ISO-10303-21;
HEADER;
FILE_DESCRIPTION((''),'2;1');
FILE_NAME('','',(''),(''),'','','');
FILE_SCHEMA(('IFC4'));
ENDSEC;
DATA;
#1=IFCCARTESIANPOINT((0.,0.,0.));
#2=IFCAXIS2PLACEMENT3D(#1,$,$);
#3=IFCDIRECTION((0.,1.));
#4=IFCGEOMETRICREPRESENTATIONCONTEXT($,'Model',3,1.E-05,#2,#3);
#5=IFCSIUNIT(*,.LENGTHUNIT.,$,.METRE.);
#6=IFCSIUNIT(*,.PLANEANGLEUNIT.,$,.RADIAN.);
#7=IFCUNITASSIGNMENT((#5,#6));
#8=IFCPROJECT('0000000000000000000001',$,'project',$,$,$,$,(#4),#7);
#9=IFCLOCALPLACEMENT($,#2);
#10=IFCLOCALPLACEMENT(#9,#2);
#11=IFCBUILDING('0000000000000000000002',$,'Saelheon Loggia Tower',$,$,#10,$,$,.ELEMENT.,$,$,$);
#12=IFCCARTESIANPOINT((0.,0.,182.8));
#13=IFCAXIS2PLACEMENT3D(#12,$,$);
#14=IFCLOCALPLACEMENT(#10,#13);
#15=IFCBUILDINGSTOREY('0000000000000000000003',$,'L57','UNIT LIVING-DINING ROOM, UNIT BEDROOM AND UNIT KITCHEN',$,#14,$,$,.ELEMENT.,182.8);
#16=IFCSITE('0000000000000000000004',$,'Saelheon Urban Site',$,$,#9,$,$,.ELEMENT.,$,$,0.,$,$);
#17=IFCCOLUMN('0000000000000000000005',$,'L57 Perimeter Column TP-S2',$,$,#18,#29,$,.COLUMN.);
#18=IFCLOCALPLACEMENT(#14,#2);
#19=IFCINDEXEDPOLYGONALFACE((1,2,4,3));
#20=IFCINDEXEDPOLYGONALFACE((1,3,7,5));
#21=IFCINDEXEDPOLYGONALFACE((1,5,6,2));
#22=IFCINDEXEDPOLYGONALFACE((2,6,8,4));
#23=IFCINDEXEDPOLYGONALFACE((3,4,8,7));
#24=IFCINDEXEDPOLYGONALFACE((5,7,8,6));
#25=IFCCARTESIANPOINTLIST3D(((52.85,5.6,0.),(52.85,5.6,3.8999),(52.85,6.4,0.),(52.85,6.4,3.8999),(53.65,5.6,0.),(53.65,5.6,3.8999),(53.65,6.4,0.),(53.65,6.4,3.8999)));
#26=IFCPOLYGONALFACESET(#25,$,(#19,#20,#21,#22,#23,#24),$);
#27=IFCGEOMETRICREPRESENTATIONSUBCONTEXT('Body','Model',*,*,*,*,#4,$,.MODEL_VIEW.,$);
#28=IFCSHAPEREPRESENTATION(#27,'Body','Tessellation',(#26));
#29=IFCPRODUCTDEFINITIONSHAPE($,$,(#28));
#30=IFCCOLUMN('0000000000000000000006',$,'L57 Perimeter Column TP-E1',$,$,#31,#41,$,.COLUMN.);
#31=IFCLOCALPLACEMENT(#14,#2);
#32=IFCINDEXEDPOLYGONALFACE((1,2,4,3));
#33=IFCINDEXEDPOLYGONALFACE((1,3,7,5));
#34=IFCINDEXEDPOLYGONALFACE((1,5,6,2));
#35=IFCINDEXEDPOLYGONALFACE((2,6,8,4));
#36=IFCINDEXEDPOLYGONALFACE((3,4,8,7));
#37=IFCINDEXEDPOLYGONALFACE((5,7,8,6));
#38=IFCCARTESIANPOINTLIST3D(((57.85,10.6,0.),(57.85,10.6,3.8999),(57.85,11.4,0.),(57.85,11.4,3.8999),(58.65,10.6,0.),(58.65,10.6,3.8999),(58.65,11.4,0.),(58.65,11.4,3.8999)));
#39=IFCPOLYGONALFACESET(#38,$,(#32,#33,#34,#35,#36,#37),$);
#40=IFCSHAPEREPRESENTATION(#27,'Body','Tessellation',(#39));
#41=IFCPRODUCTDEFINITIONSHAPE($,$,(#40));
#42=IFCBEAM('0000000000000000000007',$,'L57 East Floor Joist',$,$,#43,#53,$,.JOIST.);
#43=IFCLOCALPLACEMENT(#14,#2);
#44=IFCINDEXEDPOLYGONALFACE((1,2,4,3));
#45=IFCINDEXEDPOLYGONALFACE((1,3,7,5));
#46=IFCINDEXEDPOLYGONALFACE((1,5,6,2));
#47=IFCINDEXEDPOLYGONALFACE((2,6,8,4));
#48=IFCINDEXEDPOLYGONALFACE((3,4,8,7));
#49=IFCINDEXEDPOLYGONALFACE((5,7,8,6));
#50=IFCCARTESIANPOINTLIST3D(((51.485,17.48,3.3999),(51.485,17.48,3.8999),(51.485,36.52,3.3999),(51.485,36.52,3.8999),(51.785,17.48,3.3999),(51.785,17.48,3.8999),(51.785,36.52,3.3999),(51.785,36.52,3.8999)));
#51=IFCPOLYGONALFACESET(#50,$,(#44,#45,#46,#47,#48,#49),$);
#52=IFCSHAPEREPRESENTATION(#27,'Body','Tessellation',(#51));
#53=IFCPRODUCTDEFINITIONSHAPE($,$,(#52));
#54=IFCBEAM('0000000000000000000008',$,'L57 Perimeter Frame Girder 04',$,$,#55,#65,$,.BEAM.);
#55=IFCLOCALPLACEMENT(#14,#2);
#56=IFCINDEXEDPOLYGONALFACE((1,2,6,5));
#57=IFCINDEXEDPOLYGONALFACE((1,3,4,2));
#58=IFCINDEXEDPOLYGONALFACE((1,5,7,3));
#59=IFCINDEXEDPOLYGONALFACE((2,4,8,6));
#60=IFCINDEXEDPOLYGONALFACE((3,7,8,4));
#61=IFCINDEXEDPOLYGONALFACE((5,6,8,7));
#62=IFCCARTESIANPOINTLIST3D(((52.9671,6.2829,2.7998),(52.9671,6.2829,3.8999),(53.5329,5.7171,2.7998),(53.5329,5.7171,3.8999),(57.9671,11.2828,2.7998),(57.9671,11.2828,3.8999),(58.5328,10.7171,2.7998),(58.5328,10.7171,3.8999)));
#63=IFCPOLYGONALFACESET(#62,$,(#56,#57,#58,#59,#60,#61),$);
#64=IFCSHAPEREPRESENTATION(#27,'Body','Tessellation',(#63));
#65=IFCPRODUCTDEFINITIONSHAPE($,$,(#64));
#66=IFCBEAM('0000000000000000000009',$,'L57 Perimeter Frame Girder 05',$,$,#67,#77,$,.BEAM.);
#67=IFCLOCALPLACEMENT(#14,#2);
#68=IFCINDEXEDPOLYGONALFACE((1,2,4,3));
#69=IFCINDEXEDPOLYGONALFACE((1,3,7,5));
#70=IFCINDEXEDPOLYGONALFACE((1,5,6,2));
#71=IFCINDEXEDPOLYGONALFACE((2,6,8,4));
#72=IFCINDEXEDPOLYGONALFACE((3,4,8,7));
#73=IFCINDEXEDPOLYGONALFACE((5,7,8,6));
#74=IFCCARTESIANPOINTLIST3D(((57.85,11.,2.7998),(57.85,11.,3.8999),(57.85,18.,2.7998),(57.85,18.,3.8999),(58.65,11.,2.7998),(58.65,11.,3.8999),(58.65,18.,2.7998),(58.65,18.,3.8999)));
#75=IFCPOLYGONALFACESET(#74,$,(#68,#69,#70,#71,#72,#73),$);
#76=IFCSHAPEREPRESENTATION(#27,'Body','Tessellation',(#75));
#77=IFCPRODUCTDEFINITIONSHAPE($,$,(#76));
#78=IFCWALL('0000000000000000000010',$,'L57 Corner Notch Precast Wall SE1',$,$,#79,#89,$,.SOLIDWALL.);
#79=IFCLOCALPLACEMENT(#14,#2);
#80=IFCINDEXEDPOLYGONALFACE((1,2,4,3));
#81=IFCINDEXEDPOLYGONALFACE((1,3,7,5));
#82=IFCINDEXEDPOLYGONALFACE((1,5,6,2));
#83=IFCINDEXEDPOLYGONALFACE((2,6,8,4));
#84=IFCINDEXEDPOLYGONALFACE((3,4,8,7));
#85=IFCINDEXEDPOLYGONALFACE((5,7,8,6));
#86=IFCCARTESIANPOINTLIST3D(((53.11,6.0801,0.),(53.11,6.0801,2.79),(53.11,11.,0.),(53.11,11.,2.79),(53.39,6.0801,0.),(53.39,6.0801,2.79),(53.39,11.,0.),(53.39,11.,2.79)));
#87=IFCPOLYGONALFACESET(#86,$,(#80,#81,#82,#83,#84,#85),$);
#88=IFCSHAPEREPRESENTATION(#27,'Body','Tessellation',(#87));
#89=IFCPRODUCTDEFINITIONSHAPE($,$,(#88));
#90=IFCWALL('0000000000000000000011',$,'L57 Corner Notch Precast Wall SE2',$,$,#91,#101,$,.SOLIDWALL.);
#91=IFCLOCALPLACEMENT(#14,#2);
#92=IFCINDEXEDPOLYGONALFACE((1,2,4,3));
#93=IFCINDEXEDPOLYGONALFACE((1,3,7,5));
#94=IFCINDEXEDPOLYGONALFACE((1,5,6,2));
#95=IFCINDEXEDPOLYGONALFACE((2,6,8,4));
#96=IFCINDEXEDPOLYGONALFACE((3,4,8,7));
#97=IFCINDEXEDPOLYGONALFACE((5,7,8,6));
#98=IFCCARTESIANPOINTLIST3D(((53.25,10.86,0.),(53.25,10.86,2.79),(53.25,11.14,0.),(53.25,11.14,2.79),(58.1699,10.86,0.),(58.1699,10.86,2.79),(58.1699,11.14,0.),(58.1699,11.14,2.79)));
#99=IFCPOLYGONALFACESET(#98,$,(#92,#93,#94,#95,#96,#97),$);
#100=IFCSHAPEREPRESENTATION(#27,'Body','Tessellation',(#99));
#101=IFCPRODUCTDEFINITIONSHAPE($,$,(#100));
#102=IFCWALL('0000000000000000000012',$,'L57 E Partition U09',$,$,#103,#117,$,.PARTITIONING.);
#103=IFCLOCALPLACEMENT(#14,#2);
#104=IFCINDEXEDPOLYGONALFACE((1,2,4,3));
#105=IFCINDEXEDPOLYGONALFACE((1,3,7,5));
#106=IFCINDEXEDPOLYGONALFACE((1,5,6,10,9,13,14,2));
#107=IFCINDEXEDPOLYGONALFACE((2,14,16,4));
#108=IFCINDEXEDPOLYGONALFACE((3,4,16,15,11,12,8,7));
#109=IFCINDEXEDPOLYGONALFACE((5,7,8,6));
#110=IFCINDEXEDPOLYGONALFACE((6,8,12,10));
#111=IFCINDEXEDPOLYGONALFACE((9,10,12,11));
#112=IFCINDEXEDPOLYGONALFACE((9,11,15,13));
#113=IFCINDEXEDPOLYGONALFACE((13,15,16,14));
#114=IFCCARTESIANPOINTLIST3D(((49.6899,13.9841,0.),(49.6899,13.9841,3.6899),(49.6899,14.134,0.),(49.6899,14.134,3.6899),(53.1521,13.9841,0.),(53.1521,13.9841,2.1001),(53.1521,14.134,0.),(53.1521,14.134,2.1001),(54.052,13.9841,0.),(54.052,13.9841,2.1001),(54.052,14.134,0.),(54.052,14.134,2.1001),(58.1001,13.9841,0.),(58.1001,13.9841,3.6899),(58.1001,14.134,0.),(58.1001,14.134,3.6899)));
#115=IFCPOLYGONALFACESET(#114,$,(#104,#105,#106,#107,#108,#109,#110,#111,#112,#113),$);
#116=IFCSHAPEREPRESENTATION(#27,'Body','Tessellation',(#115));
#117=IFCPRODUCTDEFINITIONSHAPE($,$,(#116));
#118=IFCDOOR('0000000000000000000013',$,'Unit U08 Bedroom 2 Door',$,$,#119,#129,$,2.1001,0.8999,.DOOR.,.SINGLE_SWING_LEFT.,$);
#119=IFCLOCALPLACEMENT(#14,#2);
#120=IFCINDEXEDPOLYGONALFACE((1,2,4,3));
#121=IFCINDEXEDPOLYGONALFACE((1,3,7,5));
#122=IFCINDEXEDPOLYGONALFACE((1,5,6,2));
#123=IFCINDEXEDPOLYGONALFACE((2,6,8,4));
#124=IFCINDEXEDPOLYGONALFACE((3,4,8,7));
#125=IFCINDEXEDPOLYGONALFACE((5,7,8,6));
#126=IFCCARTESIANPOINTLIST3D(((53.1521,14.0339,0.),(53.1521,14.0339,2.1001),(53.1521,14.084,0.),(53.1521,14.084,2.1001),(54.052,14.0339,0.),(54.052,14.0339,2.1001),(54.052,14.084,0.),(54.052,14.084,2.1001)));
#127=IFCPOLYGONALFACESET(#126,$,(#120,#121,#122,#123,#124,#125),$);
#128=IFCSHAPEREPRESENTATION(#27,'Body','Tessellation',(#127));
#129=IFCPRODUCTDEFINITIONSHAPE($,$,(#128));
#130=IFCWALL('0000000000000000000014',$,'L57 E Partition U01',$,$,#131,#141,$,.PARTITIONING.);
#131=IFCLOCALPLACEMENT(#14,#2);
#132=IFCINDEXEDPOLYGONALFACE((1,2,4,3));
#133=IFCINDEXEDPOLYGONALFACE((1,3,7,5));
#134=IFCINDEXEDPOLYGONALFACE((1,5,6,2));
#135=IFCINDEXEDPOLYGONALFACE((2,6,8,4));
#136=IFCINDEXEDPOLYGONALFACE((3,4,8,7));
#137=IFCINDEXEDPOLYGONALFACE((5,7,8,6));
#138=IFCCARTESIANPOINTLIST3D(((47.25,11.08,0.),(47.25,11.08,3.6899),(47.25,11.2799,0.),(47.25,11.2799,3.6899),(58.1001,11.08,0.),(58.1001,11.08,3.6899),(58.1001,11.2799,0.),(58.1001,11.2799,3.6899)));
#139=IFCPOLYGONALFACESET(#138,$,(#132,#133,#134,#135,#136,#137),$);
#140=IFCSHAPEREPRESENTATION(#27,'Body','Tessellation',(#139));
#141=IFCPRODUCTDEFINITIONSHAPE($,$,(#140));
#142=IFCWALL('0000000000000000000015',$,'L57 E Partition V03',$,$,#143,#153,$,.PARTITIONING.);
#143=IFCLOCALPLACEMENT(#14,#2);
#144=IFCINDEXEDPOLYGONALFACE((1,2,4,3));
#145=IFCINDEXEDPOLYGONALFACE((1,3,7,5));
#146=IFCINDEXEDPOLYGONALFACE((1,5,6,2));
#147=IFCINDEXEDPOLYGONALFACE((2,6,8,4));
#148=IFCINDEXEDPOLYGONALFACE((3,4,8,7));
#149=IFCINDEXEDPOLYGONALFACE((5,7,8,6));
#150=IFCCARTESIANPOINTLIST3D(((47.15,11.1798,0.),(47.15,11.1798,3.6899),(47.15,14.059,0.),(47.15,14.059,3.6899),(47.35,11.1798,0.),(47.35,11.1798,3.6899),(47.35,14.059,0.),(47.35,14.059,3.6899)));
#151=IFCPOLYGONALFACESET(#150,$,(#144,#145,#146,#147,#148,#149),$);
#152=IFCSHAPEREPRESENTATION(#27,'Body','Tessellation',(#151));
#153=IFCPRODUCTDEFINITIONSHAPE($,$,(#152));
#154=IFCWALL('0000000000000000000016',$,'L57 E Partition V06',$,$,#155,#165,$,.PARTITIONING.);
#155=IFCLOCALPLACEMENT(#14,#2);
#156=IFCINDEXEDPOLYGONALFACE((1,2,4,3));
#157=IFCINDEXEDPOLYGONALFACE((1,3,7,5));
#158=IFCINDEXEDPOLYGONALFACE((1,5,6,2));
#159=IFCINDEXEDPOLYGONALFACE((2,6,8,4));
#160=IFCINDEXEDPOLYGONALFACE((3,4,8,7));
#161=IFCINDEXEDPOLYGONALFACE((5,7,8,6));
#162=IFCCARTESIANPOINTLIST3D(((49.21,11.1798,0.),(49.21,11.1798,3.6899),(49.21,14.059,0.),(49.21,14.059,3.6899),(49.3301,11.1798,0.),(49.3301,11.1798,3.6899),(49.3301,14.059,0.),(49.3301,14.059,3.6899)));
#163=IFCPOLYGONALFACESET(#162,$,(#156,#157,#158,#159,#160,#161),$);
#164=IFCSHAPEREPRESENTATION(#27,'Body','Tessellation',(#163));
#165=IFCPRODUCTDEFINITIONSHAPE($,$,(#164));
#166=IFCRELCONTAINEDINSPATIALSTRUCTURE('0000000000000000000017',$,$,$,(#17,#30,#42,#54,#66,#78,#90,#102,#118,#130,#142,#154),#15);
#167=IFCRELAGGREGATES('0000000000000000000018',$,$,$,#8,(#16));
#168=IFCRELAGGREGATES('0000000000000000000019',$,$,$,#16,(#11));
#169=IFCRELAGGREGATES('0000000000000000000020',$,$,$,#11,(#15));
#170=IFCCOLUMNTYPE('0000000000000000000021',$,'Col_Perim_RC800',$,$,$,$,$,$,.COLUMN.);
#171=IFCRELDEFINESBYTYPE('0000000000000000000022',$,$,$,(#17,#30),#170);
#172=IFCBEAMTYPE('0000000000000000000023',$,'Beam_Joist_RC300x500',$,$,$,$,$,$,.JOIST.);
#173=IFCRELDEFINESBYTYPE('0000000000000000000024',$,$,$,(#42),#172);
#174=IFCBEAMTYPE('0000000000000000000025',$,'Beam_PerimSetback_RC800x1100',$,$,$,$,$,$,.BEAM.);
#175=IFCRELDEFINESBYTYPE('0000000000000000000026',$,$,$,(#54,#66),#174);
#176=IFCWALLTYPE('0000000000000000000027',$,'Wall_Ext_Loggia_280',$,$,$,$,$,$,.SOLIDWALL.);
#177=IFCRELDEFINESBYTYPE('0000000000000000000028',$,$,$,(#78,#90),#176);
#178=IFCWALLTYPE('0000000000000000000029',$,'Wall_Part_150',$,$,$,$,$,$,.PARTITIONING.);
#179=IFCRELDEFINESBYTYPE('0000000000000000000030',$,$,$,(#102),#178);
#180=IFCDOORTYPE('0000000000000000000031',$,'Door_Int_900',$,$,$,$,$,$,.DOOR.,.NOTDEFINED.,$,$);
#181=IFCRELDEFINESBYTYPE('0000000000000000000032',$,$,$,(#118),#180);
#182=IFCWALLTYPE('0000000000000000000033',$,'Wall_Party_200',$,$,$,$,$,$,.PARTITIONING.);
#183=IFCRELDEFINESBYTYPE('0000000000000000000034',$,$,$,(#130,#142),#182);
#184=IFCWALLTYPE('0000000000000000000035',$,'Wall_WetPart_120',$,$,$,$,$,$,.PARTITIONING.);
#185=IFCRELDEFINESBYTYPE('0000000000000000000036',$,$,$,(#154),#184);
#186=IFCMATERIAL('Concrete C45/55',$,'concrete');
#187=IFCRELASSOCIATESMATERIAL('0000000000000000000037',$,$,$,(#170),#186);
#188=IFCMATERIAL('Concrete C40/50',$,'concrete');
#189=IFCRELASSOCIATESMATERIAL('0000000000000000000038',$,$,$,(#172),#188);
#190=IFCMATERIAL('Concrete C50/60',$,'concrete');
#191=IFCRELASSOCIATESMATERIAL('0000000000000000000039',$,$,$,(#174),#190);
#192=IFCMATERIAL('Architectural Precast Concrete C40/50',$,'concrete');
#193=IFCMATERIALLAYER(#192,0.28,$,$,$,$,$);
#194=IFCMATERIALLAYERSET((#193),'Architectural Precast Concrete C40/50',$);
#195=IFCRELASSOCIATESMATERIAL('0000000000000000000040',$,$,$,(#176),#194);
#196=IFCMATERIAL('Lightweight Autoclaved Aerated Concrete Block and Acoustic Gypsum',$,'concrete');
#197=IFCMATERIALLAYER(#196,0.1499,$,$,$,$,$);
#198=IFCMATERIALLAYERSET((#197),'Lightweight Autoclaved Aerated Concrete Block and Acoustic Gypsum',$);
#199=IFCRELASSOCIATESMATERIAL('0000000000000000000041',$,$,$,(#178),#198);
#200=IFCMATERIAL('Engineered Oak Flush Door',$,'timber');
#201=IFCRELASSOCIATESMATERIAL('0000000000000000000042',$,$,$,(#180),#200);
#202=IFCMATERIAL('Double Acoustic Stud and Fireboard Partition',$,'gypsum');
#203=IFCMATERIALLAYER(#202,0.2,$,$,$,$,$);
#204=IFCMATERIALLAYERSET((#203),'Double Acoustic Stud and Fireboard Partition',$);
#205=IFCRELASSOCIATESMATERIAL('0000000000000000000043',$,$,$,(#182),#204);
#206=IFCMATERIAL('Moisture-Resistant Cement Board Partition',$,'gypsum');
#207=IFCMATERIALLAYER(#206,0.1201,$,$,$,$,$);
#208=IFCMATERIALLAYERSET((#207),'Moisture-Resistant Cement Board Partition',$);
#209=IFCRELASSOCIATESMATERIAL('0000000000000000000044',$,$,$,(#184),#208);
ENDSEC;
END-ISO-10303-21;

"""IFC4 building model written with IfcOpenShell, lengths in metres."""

from ifc_helpers import new_model, si_unit, direction, frame, frame_2d, origin, origin_2d, place, context, subcontext, project, spatial, rectangle, extrude, source, transform, mapped, material, layer, layer_set, material_profile, profile_set, type_object, element, fill, save


model = new_model("IFC4")

# Units and contexts
model_context = context("Model", 3, precision=1e-05, world=origin(), true_north=direction((0.0, 1.0)))
body_context = subcontext(model_context, "Body", "Model", "MODEL_VIEW")
ifc_project = project(units=[si_unit("LENGTHUNIT", "METRE"), si_unit("PLANEANGLEUNIT", "RADIAN")], contexts=[model_context])

# Site, building, storey
site_placement = place(None, origin())
site = spatial("IfcSite", under=ifc_project, at=site_placement, Name="Saelheon Urban Site", CompositionType="ELEMENT", RefElevation=0.0)
building_placement = place(site_placement, origin())
building = spatial("IfcBuilding", under=site, at=building_placement, Name="Saelheon Loggia Tower", CompositionType="ELEMENT")
storey_placement = place(building_placement, frame((0.0, 0.0, 182.8)))
storey = spatial("IfcBuildingStorey", under=building, at=storey_placement, Name="L57", Description="UNIT LIVING-DINING ROOM, UNIT BEDROOM AND UNIT KITCHEN", CompositionType="ELEMENT", Elevation=182.8)

# Columns
ifc_material_1 = material(Name="Concrete C45/55", Category="concrete")
ifc_material_profile_1 = material_profile(ifc_material_1, rectangle(XDim=0.8, YDim=0.8, at=origin_2d()), Name="RC-800x800")
ifc_profile_set_1 = profile_set([ifc_material_profile_1], Name="Concrete C45/55")
column_type = type_object("IfcColumnType", Name="Col_Perim_RC800", PredefinedType="COLUMN", material=ifc_profile_set_1)
shared_shape_1 = source(origin(), body_context, "Body", "SweptSolid", [
    extrude(rectangle(XDim=0.8, YDim=0.8, at=origin_2d()), origin(), (0.0, 0.0, 1.0), 3.8999),
])
for number, where, z_axis, x_axis, name in (
    (1, (53.25, 6.0, 0.0), (0.0, 0.0, 1.0), (1.0, 0.0, 0.0), "L57 Perimeter Column TP-S2"),
    (2, (58.25, 11.0, 0.0), (0.0, 0.0, 1.0), (1.0, 0.0, 0.0), "L57 Perimeter Column TP-E1"),
):
    element("IfcColumn", number, at=place(storey_placement, frame(where, z_axis=z_axis, x_axis=x_axis)), inside=storey, type_object=column_type, Name=name, PredefinedType="COLUMN", context=body_context, shape_type="MappedRepresentation", body=[
        mapped(shared_shape_1, transform((0.0, 0.0, 0.0), scale=1.0)),
    ])

# Beams
ifc_material_2 = material(Name="Concrete C40/50", Category="concrete")
ifc_material_profile_2 = material_profile(ifc_material_2, rectangle(XDim=0.3, YDim=0.5, at=origin_2d()), Name="RC-300x500")
ifc_profile_set_2 = profile_set([ifc_material_profile_2], Name="Concrete C40/50")
beam_type_1 = type_object("IfcBeamType", Name="Beam_Joist_RC300x500", PredefinedType="JOIST", material=ifc_profile_set_2)
shared_shape_2 = source(origin(), body_context, "Body", "SweptSolid", [
    extrude(rectangle(XDim=0.3, YDim=0.5, at=origin_2d()), origin(), (0.0, 0.0, 1.0), 19.04),
])
beam_1_placement = place(storey_placement, frame((51.635, 17.48, 3.6499), z_axis=(0.0, 1.0, 0.0), x_axis=(-1.0, 0.0, 0.0)))
element("IfcBeam", 3, at=beam_1_placement, inside=storey, type_object=beam_type_1, Name="L57 East Floor Joist", PredefinedType="JOIST", context=body_context, shape_type="MappedRepresentation", body=[
    mapped(shared_shape_2, transform((0.0, 0.0, 0.0), scale=1.0)),
])
ifc_material_3 = material(Name="Concrete C50/60", Category="concrete")
ifc_material_profile_3 = material_profile(ifc_material_3, rectangle(XDim=0.8, YDim=1.1001, at=origin_2d()), Name="RC-800x1100")
ifc_profile_set_3 = profile_set([ifc_material_profile_3], Name="Concrete C50/60")
beam_type_2 = type_object("IfcBeamType", Name="Beam_PerimSetback_RC800x1100", PredefinedType="BEAM", material=ifc_profile_set_3)
shared_shape_3 = source(origin(), body_context, "Body", "SweptSolid", [
    extrude(rectangle(XDim=0.8, YDim=1.1001, at=origin_2d()), origin(), (0.0, 0.0, 1.0), 7.071),
])
beam_2_placement = place(storey_placement, frame((53.25, 6.0, 3.3499), z_axis=(0.707107, 0.707107, 0.0), x_axis=(-0.707107, 0.707107, 0.0)))
element("IfcBeam", 4, at=beam_2_placement, inside=storey, type_object=beam_type_2, Name="L57 Perimeter Frame Girder 04", PredefinedType="BEAM", context=body_context, shape_type="MappedRepresentation", body=[
    mapped(shared_shape_3, transform((0.0, 0.0, 0.0), scale=1.0)),
])
shared_shape_4 = source(origin(), body_context, "Body", "SweptSolid", [
    extrude(rectangle(XDim=0.8, YDim=1.1001, at=origin_2d()), origin(), (0.0, 0.0, 1.0), 7.0),
])
beam_3_placement = place(storey_placement, frame((58.25, 11.0, 3.3499), z_axis=(0.0, 1.0, 0.0), x_axis=(-1.0, 0.0, 0.0)))
element("IfcBeam", 5, at=beam_3_placement, inside=storey, type_object=beam_type_2, Name="L57 Perimeter Frame Girder 05", PredefinedType="BEAM", context=body_context, shape_type="MappedRepresentation", body=[
    mapped(shared_shape_4, transform((0.0, 0.0, 0.0), scale=1.0)),
])

# Shared definitions
ifc_material_4 = material(Name="Architectural Precast Concrete C40/50", Category="concrete")
ifc_layer_1 = layer(ifc_material_4, 0.28)
ifc_layer_set_1 = layer_set([ifc_layer_1], Name="Architectural Precast Concrete C40/50")
wall_type_1 = type_object("IfcWallType", Name="Wall_Ext_Loggia_280", PredefinedType="SOLIDWALL", material=ifc_layer_set_1)

# Walls
for number, where, z_axis, x_axis, name in (
    (6, (53.25, 6.0801, 0.0), (0.0, 0.0, 1.0), (0.0, 1.0, 0.0), "L57 Corner Notch Precast Wall SE1"),
    (7, (53.25, 11.0, 0.0), (0.0, 0.0, 1.0), (1.0, 0.0, 0.0), "L57 Corner Notch Precast Wall SE2"),
):
    element("IfcWall", number, at=place(storey_placement, frame(where, z_axis=z_axis, x_axis=x_axis)), inside=storey, type_object=wall_type_1, Name=name, PredefinedType="SOLIDWALL", context=body_context, shape_type="SweptSolid", body=[
        extrude(rectangle(XDim=4.9199, YDim=0.28, at=frame_2d((2.46, 0.0))), origin(), (0.0, 0.0, 1.0), 2.79),
    ])

# Wall, opening, door
ifc_material_5 = material(Name="Lightweight Autoclaved Aerated Concrete Block and Acoustic Gypsum", Category="concrete")
ifc_layer_2 = layer(ifc_material_5, 0.1499)
ifc_layer_set_2 = layer_set([ifc_layer_2], Name="Lightweight Autoclaved Aerated Concrete Block and Acoustic Gypsum")
wall_type_2 = type_object("IfcWallType", Name="Wall_Part_150", PredefinedType="PARTITIONING", material=ifc_layer_set_2)
wall_1_placement = place(storey_placement, frame((49.6899, 14.0591, 0.0), z_axis=(0.0, 0.0, 1.0), x_axis=(1.0, 0.0, 0.0)))
wall_1 = element("IfcWall", 8, at=wall_1_placement, inside=storey, type_object=wall_type_2, Name="L57 E Partition U09", PredefinedType="PARTITIONING", context=body_context, shape_type="SweptSolid", body=[
    extrude(rectangle(XDim=8.4102, YDim=0.1499, at=frame_2d((4.2051, 0.0))), origin(), (0.0, 0.0, 1.0), 3.6899),
])
opening_1_placement = place(wall_1_placement, frame((3.4622, 0.0, 0.0)))
opening_1 = element("IfcOpeningElement", 9, at=opening_1_placement, cuts=wall_1, PredefinedType="OPENING", context=body_context, shape_type="SweptSolid", body=[
    extrude(rectangle(XDim=0.8999, YDim=2.1001, at=frame_2d((0.45, 1.05))), frame((0.0, 0.0869, 0.0), z_axis=(0.0, -1.0, 0.0), x_axis=(1.0, 0.0, 0.0)), (0.0, 0.0, 1.0), 0.1738),
])
ifc_material_6 = material(Name="Engineered Oak Flush Door", Category="timber")
door_type_1 = type_object("IfcDoorType", Name="Door_Int_900", OperationType="NOTDEFINED", PredefinedType="DOOR", material=ifc_material_6)
shared_shape_5 = source(origin(), body_context, "Body", "SweptSolid", [
    extrude(rectangle(XDim=0.8999, YDim=2.1001, at=frame_2d((0.45, 1.05))), frame((0.0, 0.0249, 0.0), z_axis=(0.0, -1.0, 0.0), x_axis=(1.0, 0.0, 0.0)), (0.0, 0.0, 1.0), 0.05),
])
door_1_placement = place(opening_1_placement, origin())
door_1 = element("IfcDoor", 10, at=door_1_placement, inside=storey, type_object=door_type_1, Name="Unit U08 Bedroom 2 Door", OperationType="SINGLE_SWING_LEFT", OverallHeight=2.1001, OverallWidth=0.8999, PredefinedType="DOOR", context=body_context, shape_type="MappedRepresentation", body=[
    mapped(shared_shape_5, transform((0.0, 0.0, 0.0), scale=1.0)),
])
fill(opening_1, door_1)

# Walls
ifc_material_7 = material(Name="Double Acoustic Stud and Fireboard Partition", Category="gypsum")
ifc_layer_3 = layer(ifc_material_7, 0.2)
ifc_layer_set_3 = layer_set([ifc_layer_3], Name="Double Acoustic Stud and Fireboard Partition")
wall_type_3 = type_object("IfcWallType", Name="Wall_Party_200", PredefinedType="PARTITIONING", material=ifc_layer_set_3)
wall_2_placement = place(storey_placement, frame((47.25, 11.1799, 0.0), z_axis=(0.0, 0.0, 1.0), x_axis=(1.0, 0.0, 0.0)))
element("IfcWall", 11, at=wall_2_placement, inside=storey, type_object=wall_type_3, Name="L57 E Partition U01", PredefinedType="PARTITIONING", context=body_context, shape_type="SweptSolid", body=[
    extrude(rectangle(XDim=10.8501, YDim=0.2, at=frame_2d((5.425, 0.0))), origin(), (0.0, 0.0, 1.0), 3.6899),
])
wall_3_placement = place(storey_placement, frame((47.25, 11.1799, 0.0), z_axis=(0.0, 0.0, 1.0), x_axis=(0.0, 1.0, 0.0)))
element("IfcWall", 12, at=wall_3_placement, inside=storey, type_object=wall_type_3, Name="L57 E Partition V03", PredefinedType="PARTITIONING", context=body_context, shape_type="SweptSolid", body=[
    extrude(rectangle(XDim=2.8792, YDim=0.2, at=frame_2d((1.4395, 0.0))), origin(), (0.0, 0.0, 1.0), 3.6899),
])

# Wall
ifc_material_8 = material(Name="Moisture-Resistant Cement Board Partition", Category="gypsum")
ifc_layer_4 = layer(ifc_material_8, 0.1201)
ifc_layer_set_4 = layer_set([ifc_layer_4], Name="Moisture-Resistant Cement Board Partition")
wall_type_4 = type_object("IfcWallType", Name="Wall_WetPart_120", PredefinedType="PARTITIONING", material=ifc_layer_set_4)
wall_4_placement = place(storey_placement, frame((49.27, 11.1799, 0.0), z_axis=(0.0, 0.0, 1.0), x_axis=(0.0, 1.0, 0.0)))
element("IfcWall", 13, at=wall_4_placement, inside=storey, type_object=wall_type_4, Name="L57 E Partition V06", PredefinedType="PARTITIONING", context=body_context, shape_type="SweptSolid", body=[
    extrude(rectangle(XDim=2.8792, YDim=0.1201, at=frame_2d((1.4395, 0.0))), origin(), (0.0, 0.0, 1.0), 3.6899),
])

save(model, "model.ifc")
